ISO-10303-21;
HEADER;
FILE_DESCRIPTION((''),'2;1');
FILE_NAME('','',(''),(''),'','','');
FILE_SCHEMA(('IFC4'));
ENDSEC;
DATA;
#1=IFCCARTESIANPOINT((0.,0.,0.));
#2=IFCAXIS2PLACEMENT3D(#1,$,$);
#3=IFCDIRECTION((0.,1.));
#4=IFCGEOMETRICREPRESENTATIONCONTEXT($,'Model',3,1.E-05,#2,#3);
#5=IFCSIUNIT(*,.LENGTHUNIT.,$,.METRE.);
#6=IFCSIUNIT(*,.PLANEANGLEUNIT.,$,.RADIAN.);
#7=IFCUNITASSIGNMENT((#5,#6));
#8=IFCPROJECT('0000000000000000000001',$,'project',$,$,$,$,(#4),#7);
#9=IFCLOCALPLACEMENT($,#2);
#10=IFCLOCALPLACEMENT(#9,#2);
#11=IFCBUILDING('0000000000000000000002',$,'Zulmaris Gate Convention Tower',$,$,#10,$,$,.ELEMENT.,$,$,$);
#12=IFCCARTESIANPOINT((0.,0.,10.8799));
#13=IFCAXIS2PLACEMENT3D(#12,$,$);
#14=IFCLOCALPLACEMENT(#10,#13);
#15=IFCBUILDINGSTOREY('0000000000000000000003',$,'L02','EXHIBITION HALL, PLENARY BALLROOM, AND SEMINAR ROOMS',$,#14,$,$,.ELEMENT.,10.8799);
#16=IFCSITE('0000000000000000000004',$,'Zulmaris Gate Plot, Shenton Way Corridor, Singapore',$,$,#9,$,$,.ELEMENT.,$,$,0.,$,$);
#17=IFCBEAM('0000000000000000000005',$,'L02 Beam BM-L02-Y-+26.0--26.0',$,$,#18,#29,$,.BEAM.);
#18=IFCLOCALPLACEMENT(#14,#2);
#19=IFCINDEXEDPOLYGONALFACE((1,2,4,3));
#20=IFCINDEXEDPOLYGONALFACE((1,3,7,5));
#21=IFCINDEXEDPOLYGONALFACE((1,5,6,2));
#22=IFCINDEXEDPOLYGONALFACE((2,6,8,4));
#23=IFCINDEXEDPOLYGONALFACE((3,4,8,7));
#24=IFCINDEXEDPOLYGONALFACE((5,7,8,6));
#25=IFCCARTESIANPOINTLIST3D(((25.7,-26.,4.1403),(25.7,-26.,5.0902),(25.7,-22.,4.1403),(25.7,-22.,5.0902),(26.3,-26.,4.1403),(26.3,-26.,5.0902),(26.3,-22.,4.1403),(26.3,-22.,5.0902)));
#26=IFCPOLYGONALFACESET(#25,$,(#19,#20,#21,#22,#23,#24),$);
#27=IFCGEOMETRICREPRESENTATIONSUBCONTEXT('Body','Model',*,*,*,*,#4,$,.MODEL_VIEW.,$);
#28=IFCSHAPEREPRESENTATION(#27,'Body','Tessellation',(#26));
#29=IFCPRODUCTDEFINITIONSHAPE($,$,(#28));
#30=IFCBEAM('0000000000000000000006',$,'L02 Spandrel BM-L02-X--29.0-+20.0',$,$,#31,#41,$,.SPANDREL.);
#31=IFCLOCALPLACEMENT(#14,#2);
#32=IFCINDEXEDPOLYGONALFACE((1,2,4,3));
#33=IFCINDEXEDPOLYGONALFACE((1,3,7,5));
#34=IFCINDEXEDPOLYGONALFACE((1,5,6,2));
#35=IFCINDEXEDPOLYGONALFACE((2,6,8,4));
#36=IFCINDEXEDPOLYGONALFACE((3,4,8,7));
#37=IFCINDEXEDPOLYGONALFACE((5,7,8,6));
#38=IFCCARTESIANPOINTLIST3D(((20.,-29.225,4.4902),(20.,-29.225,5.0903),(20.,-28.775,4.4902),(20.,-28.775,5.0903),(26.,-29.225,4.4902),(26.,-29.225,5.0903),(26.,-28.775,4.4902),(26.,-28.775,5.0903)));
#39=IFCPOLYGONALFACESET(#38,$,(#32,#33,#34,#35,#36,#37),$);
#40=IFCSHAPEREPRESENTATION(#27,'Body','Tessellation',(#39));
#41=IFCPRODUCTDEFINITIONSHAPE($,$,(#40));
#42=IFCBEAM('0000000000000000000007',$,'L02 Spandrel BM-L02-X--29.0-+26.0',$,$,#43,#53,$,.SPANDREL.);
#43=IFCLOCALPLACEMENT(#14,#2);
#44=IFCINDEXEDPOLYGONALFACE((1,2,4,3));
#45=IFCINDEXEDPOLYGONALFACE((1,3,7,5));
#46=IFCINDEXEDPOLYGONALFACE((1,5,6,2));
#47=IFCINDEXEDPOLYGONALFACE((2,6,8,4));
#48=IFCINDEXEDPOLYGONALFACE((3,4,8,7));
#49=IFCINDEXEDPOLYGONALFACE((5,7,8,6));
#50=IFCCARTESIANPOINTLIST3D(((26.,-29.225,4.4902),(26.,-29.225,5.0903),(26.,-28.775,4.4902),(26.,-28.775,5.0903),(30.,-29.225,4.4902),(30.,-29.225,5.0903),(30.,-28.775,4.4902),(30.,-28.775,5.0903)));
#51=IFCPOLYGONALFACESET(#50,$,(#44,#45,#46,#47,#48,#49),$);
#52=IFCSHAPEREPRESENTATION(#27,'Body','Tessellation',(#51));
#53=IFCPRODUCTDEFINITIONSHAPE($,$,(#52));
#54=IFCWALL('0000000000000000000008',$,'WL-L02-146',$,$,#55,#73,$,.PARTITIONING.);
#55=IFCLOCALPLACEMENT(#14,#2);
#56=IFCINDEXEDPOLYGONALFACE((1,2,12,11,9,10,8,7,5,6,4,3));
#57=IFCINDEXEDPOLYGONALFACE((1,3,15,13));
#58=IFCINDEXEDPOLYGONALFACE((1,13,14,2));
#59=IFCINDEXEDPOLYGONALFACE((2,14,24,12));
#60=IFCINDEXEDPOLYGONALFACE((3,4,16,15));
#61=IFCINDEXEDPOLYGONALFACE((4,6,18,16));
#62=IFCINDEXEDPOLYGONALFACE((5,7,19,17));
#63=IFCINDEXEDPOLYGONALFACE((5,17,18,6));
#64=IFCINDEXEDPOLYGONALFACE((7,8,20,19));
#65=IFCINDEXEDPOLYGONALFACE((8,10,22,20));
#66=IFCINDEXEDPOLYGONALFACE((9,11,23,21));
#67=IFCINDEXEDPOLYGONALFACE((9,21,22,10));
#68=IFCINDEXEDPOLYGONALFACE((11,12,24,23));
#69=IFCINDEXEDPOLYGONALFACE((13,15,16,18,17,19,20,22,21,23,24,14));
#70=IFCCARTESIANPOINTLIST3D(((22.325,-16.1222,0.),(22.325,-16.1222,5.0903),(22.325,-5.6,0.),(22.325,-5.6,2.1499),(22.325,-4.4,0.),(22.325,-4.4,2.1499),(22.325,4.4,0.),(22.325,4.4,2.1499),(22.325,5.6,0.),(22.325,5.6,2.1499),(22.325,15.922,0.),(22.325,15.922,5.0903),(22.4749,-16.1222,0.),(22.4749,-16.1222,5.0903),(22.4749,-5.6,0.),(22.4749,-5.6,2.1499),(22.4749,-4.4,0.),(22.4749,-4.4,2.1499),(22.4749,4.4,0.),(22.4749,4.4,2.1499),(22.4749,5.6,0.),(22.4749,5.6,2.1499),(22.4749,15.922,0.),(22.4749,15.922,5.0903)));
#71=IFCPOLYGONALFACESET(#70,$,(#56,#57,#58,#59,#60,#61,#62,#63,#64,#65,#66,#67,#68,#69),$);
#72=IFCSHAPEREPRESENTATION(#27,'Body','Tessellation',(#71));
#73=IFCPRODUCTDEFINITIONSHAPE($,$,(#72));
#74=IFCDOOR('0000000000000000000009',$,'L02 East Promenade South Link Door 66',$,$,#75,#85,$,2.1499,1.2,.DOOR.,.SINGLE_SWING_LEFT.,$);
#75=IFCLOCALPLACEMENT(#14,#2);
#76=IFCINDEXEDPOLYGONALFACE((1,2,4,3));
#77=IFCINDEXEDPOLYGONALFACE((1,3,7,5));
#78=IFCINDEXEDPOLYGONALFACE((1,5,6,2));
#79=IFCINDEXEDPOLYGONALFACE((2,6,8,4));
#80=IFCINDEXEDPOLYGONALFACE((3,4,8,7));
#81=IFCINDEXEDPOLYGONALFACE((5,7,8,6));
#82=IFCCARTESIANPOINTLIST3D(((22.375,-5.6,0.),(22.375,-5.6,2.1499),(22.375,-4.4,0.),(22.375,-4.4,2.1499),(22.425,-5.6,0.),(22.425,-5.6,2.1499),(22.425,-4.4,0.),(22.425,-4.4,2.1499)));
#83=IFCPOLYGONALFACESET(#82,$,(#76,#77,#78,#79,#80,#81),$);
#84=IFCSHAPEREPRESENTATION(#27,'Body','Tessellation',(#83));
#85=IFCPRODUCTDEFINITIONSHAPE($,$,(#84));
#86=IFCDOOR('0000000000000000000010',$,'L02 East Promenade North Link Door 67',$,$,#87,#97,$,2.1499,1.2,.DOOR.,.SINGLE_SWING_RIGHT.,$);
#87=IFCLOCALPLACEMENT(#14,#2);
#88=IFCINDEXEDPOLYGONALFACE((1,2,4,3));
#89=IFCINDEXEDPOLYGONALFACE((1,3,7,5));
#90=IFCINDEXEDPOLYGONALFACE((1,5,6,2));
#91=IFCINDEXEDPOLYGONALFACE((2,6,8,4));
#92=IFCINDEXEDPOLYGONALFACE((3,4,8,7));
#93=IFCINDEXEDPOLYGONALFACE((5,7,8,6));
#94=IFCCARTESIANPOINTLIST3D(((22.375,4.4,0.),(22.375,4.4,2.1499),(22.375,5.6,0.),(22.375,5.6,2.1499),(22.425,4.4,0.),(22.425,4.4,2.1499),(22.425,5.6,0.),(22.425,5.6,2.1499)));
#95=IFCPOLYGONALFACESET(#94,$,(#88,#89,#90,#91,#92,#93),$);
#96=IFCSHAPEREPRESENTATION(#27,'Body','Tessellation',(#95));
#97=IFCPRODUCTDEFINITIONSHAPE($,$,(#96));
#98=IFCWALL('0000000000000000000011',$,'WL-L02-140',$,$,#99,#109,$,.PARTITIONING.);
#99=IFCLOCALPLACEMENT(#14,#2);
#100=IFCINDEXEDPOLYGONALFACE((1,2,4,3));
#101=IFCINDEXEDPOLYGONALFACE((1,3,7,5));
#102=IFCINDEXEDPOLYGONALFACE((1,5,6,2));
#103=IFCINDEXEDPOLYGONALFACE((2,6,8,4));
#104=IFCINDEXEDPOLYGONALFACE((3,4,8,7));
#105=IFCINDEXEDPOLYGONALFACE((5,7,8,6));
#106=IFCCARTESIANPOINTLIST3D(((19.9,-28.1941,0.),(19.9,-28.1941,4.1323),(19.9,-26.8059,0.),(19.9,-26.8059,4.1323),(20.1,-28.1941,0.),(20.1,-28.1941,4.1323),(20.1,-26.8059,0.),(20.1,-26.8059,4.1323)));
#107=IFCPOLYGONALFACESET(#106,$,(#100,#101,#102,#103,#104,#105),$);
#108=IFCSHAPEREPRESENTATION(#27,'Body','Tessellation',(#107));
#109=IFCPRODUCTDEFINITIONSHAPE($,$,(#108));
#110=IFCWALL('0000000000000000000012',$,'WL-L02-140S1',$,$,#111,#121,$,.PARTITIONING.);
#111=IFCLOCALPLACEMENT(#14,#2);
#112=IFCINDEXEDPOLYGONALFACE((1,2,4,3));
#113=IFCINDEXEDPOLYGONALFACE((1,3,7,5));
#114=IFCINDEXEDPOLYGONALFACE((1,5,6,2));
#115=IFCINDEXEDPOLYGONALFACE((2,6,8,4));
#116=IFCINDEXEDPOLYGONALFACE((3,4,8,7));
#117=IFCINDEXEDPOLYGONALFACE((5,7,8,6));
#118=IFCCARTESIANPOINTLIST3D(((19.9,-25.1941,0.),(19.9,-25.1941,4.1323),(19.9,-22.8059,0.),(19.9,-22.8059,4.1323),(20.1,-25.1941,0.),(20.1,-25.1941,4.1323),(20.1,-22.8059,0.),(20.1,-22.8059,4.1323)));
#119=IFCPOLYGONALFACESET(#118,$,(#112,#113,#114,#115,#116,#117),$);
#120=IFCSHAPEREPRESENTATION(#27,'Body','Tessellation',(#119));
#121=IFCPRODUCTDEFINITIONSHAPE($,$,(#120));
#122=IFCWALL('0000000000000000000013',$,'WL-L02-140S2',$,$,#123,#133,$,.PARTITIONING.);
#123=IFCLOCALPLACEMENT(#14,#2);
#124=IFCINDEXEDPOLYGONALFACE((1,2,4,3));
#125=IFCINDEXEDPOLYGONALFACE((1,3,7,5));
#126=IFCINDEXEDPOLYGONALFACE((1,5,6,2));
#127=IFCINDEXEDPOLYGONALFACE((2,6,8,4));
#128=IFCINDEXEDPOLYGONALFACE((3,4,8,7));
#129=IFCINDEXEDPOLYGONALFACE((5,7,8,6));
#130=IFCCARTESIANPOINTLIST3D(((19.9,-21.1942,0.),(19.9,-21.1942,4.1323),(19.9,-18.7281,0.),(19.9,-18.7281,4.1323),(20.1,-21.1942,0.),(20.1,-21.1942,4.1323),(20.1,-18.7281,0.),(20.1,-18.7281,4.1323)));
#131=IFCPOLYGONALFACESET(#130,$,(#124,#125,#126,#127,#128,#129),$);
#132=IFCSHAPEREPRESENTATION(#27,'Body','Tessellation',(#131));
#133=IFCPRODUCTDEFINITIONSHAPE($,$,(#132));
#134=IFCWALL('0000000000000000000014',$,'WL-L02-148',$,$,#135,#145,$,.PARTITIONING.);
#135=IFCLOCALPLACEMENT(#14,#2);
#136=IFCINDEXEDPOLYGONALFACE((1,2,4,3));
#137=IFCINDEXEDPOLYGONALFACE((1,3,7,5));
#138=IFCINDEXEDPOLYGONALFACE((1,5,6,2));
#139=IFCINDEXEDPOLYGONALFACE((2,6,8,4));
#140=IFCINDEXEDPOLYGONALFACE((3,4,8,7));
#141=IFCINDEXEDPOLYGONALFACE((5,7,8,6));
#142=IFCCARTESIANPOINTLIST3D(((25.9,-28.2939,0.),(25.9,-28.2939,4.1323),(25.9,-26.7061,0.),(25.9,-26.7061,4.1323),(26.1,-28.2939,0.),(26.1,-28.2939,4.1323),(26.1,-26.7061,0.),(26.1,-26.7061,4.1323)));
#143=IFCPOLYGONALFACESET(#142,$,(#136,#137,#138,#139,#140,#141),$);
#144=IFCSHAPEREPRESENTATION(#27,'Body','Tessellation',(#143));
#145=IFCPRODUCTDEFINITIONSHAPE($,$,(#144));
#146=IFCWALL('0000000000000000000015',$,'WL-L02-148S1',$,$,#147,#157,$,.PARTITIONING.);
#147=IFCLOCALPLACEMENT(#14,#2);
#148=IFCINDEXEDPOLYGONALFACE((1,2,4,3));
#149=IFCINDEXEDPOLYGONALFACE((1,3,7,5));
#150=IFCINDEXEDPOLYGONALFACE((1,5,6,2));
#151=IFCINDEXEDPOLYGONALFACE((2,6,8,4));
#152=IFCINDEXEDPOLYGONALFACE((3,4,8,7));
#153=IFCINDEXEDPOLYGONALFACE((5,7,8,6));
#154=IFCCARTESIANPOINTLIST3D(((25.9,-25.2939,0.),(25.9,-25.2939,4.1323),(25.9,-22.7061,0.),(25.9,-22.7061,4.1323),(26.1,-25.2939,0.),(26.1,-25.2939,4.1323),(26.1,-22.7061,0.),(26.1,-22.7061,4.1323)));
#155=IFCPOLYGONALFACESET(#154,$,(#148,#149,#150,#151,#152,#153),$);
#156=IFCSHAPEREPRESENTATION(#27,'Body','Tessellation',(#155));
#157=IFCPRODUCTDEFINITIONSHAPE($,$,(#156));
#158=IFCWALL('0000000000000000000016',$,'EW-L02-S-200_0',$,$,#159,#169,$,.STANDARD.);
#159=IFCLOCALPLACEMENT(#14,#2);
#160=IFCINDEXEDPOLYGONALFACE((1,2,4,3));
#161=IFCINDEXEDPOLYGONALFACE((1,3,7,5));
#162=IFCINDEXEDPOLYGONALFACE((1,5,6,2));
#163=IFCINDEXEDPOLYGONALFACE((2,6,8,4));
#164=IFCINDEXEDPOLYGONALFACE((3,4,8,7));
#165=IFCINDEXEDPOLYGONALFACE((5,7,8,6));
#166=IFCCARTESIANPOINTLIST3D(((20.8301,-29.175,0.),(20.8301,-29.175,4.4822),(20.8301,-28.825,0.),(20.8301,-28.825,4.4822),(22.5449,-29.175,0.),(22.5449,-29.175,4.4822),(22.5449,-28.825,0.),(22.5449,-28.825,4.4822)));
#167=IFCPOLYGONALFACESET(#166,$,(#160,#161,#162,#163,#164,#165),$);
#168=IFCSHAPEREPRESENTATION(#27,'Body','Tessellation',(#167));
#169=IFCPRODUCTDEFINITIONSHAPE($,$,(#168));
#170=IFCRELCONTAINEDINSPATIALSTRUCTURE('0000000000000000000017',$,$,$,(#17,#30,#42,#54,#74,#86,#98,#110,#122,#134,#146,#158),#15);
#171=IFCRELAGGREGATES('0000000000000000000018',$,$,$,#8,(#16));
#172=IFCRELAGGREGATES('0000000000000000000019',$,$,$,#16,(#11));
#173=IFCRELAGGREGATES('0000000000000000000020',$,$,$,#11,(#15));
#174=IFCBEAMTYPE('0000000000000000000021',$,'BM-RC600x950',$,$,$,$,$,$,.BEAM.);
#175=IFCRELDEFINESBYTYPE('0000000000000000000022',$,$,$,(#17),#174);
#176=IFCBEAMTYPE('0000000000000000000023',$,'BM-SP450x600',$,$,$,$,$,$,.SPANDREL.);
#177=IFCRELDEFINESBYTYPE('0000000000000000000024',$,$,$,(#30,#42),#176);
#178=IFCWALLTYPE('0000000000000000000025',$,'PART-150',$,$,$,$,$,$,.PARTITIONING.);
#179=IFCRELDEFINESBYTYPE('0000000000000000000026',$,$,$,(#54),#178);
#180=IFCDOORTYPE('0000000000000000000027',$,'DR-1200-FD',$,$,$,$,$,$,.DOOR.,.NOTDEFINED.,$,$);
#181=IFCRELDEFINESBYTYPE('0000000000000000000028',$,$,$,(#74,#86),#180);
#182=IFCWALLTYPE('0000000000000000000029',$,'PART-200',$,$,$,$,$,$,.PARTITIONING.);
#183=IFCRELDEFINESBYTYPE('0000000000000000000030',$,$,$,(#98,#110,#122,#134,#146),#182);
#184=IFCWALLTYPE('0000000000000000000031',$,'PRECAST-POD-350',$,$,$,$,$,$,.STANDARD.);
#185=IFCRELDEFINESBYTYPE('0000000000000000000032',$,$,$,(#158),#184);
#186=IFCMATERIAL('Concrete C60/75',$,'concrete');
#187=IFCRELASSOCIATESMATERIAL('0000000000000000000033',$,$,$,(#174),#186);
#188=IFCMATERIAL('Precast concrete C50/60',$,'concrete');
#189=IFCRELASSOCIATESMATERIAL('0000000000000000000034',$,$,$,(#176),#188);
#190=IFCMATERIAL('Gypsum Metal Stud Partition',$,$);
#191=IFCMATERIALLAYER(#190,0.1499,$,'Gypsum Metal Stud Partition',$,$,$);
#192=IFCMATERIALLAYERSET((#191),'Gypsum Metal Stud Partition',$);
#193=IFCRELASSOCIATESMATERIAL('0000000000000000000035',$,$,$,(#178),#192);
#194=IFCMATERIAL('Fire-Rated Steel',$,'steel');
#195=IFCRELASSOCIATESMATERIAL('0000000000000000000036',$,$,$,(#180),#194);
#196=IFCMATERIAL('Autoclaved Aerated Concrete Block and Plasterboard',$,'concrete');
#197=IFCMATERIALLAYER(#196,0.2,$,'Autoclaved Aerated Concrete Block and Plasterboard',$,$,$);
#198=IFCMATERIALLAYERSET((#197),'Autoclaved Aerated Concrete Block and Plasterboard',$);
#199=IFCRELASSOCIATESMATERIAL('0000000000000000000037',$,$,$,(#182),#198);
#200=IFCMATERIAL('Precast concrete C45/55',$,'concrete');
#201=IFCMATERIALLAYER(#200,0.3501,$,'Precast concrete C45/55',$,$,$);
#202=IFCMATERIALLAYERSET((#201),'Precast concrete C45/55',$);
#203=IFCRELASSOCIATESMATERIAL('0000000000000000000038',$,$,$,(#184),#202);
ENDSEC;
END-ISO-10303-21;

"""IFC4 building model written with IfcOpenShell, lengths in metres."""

from ifc_helpers import new_model, si_unit, direction, frame, frame_2d, origin, origin_2d, place, context, subcontext, project, spatial, rectangle, extrude, material, layer, layer_set, material_profile, profile_set, type_object, element, fill, save


model = new_model("IFC4")

# Units and contexts
model_context = context("Model", 3, precision=1e-05, world=origin(), true_north=direction((0.0, 1.0)))
body_context = subcontext(model_context, "Body", "Model", "MODEL_VIEW")
ifc_project = project(units=[si_unit("LENGTHUNIT", "METRE"), si_unit("PLANEANGLEUNIT", "RADIAN")], contexts=[model_context])

# Site, building, storey
site_placement = place(None, origin())
site = spatial("IfcSite", under=ifc_project, at=site_placement, Name="Zulmaris Gate Plot, Shenton Way Corridor, Singapore", CompositionType="ELEMENT", RefElevation=0.0)
building_placement = place(site_placement, origin())
building = spatial("IfcBuilding", under=site, at=building_placement, Name="Zulmaris Gate Convention Tower", CompositionType="ELEMENT")
storey_placement = place(building_placement, frame((0.0, 0.0, 10.8799)))
storey = spatial("IfcBuildingStorey", under=building, at=storey_placement, Name="L02", Description="EXHIBITION HALL, PLENARY BALLROOM, AND SEMINAR ROOMS", CompositionType="ELEMENT", Elevation=10.8799)

# Shared definitions
ifc_material_1 = material(Name="Precast concrete C50/60", Category="concrete")

# Beams
ifc_material_2 = material(Name="Concrete C60/75", Category="concrete")
ifc_material_profile_1 = material_profile(ifc_material_2, rectangle(XDim=0.6001, YDim=0.95, at=origin_2d()), Name="RC BEAM 600x950")
ifc_profile_set_1 = profile_set([ifc_material_profile_1], Name="Concrete C60/75")
beam_type_1 = type_object("IfcBeamType", Name="BM-RC600x950", PredefinedType="BEAM", material=ifc_profile_set_1)
beam_1_placement = place(storey_placement, frame((26.0, -26.0, 4.6152), z_axis=(0.0, 1.0, 0.0), x_axis=(-1.0, 0.0, 0.0)))
element("IfcBeam", 1, at=beam_1_placement, inside=storey, type_object=beam_type_1, Name="L02 Beam BM-L02-Y-+26.0--26.0", PredefinedType="BEAM", context=body_context, shape_type="SweptSolid", body=[
    extrude(rectangle(XDim=0.6001, YDim=0.95, at=origin_2d()), origin(), (0.0, 0.0, 1.0), 4.0),
])
ifc_material_profile_2 = material_profile(ifc_material_1, rectangle(XDim=0.45, YDim=0.6001, at=origin_2d()), Name="RC SPANDREL 450x600")
ifc_profile_set_2 = profile_set([ifc_material_profile_2], Name="Precast concrete C50/60")
beam_type_2 = type_object("IfcBeamType", Name="BM-SP450x600", PredefinedType="SPANDREL", material=ifc_profile_set_2)
beam_2_placement = place(storey_placement, frame((20.0, -29.0, 4.7903), z_axis=(1.0, 0.0, 0.0), x_axis=(0.0, 1.0, 0.0)))
element("IfcBeam", 2, at=beam_2_placement, inside=storey, type_object=beam_type_2, Name="L02 Spandrel BM-L02-X--29.0-+20.0", PredefinedType="SPANDREL", context=body_context, shape_type="SweptSolid", body=[
    extrude(rectangle(XDim=0.45, YDim=0.6001, at=origin_2d()), origin(), (0.0, 0.0, 1.0), 6.0),
])
beam_3_placement = place(storey_placement, frame((26.0, -29.0, 4.7903), z_axis=(1.0, 0.0, 0.0), x_axis=(0.0, 1.0, 0.0)))
element("IfcBeam", 3, at=beam_3_placement, inside=storey, type_object=beam_type_2, Name="L02 Spandrel BM-L02-X--29.0-+26.0", PredefinedType="SPANDREL", context=body_context, shape_type="SweptSolid", body=[
    extrude(rectangle(XDim=0.45, YDim=0.6001, at=origin_2d()), origin(), (0.0, 0.0, 1.0), 4.0),
])

# Wall, openings, doors
ifc_material_3 = material(Name="Gypsum Metal Stud Partition")
ifc_layer_1 = layer(ifc_material_3, 0.1499, Name="Gypsum Metal Stud Partition")
ifc_layer_set_1 = layer_set([ifc_layer_1], Name="Gypsum Metal Stud Partition")
wall_type_1 = type_object("IfcWallType", Name="PART-150", PredefinedType="PARTITIONING", material=ifc_layer_set_1)
ifc_material_4 = material(Name="Fire-Rated Steel", Category="steel")
wall_1_placement = place(storey_placement, frame((22.3999, -16.1221, 0.0), z_axis=(0.0, 0.0, 1.0), x_axis=(0.0, 1.0, 0.0)))
wall_1 = element("IfcWall", 4, at=wall_1_placement, inside=storey, type_object=wall_type_1, Name="WL-L02-146", PredefinedType="PARTITIONING", context=body_context, shape_type="SweptSolid", body=[
    extrude(rectangle(XDim=32.0442, YDim=0.1499, at=frame_2d((16.022, 0.0))), origin(), (0.0, 0.0, 1.0), 5.0903),
])
opening_1_placement = place(wall_1_placement, frame((10.522, 0.0, 0.0)))
opening_1 = element("IfcOpeningElement", 5, at=opening_1_placement, cuts=wall_1, PredefinedType="OPENING", context=body_context, shape_type="SweptSolid", body=[
    extrude(rectangle(XDim=1.2, YDim=2.1499, at=frame_2d((0.6001, 1.075))), frame((0.0, 0.085, 0.0), z_axis=(0.0, -1.0, 0.0), x_axis=(1.0, 0.0, 0.0)), (0.0, 0.0, 1.0), 0.1699),
])
opening_2_placement = place(wall_1_placement, frame((20.522, 0.0, 0.0)))
opening_2 = element("IfcOpeningElement", 6, at=opening_2_placement, cuts=wall_1, PredefinedType="OPENING", context=body_context, shape_type="SweptSolid", body=[
    extrude(rectangle(XDim=1.2, YDim=2.1499, at=frame_2d((0.6001, 1.075))), frame((0.0, 0.085, 0.0), z_axis=(0.0, -1.0, 0.0), x_axis=(1.0, 0.0, 0.0)), (0.0, 0.0, 1.0), 0.1699),
])
door_type_1 = type_object("IfcDoorType", Name="DR-1200-FD", OperationType="NOTDEFINED", PredefinedType="DOOR", material=ifc_material_4)
door_1_placement = place(opening_1_placement, origin())
door_1 = element("IfcDoor", 7, at=door_1_placement, inside=storey, type_object=door_type_1, Name="L02 East Promenade South Link Door 66", OperationType="SINGLE_SWING_LEFT", OverallHeight=2.1499, OverallWidth=1.2, PredefinedType="DOOR", context=body_context, shape_type="SweptSolid", body=[
    extrude(rectangle(XDim=1.2, YDim=2.1499, at=frame_2d((0.6001, 1.075))), frame((0.0, 0.0249, 0.0), z_axis=(0.0, -1.0, 0.0), x_axis=(1.0, 0.0, 0.0)), (0.0, 0.0, 1.0), 0.05),
])
fill(opening_1, door_1)
door_2_placement = place(opening_2_placement, origin())
door_2 = element("IfcDoor", 8, at=door_2_placement, inside=storey, type_object=door_type_1, Name="L02 East Promenade North Link Door 67", OperationType="SINGLE_SWING_RIGHT", OverallHeight=2.1499, OverallWidth=1.2, PredefinedType="DOOR", context=body_context, shape_type="SweptSolid", body=[
    extrude(rectangle(XDim=1.2, YDim=2.1499, at=frame_2d((0.6001, 1.075))), frame((0.0, 0.0249, 0.0), z_axis=(0.0, -1.0, 0.0), x_axis=(1.0, 0.0, 0.0)), (0.0, 0.0, 1.0), 0.05),
])
fill(opening_2, door_2)

# Walls
ifc_material_5 = material(Name="Autoclaved Aerated Concrete Block and Plasterboard", Category="concrete")
ifc_layer_2 = layer(ifc_material_5, 0.2, Name="Autoclaved Aerated Concrete Block and Plasterboard")
ifc_layer_set_2 = layer_set([ifc_layer_2], Name="Autoclaved Aerated Concrete Block and Plasterboard")
wall_type_2 = type_object("IfcWallType", Name="PART-200", PredefinedType="PARTITIONING", material=ifc_layer_set_2)
wall_2_placement = place(storey_placement, frame((20.0, -28.1941, 0.0), z_axis=(0.0, 0.0, 1.0), x_axis=(0.0, 1.0, 0.0)))
element("IfcWall", 9, at=wall_2_placement, inside=storey, type_object=wall_type_2, Name="WL-L02-140", PredefinedType="PARTITIONING", context=body_context, shape_type="SweptSolid", body=[
    extrude(rectangle(XDim=1.3882, YDim=0.2, at=frame_2d((0.6941, 0.0))), origin(), (0.0, 0.0, 1.0), 4.1323),
])
wall_3_placement = place(storey_placement, frame((20.0, -25.1941, 0.0), z_axis=(0.0, 0.0, 1.0), x_axis=(0.0, 1.0, 0.0)))
element("IfcWall", 10, at=wall_3_placement, inside=storey, type_object=wall_type_2, Name="WL-L02-140S1", PredefinedType="PARTITIONING", context=body_context, shape_type="SweptSolid", body=[
    extrude(rectangle(XDim=2.3882, YDim=0.2, at=frame_2d((1.1941, 0.0))), origin(), (0.0, 0.0, 1.0), 4.1323),
])
wall_4_placement = place(storey_placement, frame((20.0, -21.1941, 0.0), z_axis=(0.0, 0.0, 1.0), x_axis=(0.0, 1.0, 0.0)))
element("IfcWall", 11, at=wall_4_placement, inside=storey, type_object=wall_type_2, Name="WL-L02-140S2", PredefinedType="PARTITIONING", context=body_context, shape_type="SweptSolid", body=[
    extrude(rectangle(XDim=2.4661, YDim=0.2, at=frame_2d((1.2329, 0.0))), origin(), (0.0, 0.0, 1.0), 4.1323),
])
wall_5_placement = place(storey_placement, frame((26.0, -28.2939, 0.0), z_axis=(0.0, 0.0, 1.0), x_axis=(0.0, 1.0, 0.0)))
element("IfcWall", 12, at=wall_5_placement, inside=storey, type_object=wall_type_2, Name="WL-L02-148", PredefinedType="PARTITIONING", context=body_context, shape_type="SweptSolid", body=[
    extrude(rectangle(XDim=1.5879, YDim=0.2, at=frame_2d((0.7939, 0.0))), origin(), (0.0, 0.0, 1.0), 4.1323),
])
wall_6_placement = place(storey_placement, frame((26.0, -25.2939, 0.0), z_axis=(0.0, 0.0, 1.0), x_axis=(0.0, 1.0, 0.0)))
element("IfcWall", 13, at=wall_6_placement, inside=storey, type_object=wall_type_2, Name="WL-L02-148S1", PredefinedType="PARTITIONING", context=body_context, shape_type="SweptSolid", body=[
    extrude(rectangle(XDim=2.5879, YDim=0.2, at=frame_2d((1.2939, 0.0))), origin(), (0.0, 0.0, 1.0), 4.1323),
])
ifc_material_6 = material(Name="Precast concrete C45/55", Category="concrete")
ifc_layer_3 = layer(ifc_material_6, 0.3501, Name="Precast concrete C45/55")
ifc_layer_set_3 = layer_set([ifc_layer_3], Name="Precast concrete C45/55")
wall_type_3 = type_object("IfcWallType", Name="PRECAST-POD-350", PredefinedType="STANDARD", material=ifc_layer_set_3)
wall_7_placement = place(storey_placement, frame((20.8301, -29.0, 0.0), z_axis=(0.0, 0.0, 1.0), x_axis=(1.0, 0.0, 0.0)))
element("IfcWall", 14, at=wall_7_placement, inside=storey, type_object=wall_type_3, Name="EW-L02-S-200_0", PredefinedType="STANDARD", context=body_context, shape_type="SweptSolid", body=[
    extrude(rectangle(XDim=1.7148, YDim=0.3501, at=frame_2d((0.8574, 0.0))), origin(), (0.0, 0.0, 1.0), 4.4822),
])

save(model, "model.ifc")
